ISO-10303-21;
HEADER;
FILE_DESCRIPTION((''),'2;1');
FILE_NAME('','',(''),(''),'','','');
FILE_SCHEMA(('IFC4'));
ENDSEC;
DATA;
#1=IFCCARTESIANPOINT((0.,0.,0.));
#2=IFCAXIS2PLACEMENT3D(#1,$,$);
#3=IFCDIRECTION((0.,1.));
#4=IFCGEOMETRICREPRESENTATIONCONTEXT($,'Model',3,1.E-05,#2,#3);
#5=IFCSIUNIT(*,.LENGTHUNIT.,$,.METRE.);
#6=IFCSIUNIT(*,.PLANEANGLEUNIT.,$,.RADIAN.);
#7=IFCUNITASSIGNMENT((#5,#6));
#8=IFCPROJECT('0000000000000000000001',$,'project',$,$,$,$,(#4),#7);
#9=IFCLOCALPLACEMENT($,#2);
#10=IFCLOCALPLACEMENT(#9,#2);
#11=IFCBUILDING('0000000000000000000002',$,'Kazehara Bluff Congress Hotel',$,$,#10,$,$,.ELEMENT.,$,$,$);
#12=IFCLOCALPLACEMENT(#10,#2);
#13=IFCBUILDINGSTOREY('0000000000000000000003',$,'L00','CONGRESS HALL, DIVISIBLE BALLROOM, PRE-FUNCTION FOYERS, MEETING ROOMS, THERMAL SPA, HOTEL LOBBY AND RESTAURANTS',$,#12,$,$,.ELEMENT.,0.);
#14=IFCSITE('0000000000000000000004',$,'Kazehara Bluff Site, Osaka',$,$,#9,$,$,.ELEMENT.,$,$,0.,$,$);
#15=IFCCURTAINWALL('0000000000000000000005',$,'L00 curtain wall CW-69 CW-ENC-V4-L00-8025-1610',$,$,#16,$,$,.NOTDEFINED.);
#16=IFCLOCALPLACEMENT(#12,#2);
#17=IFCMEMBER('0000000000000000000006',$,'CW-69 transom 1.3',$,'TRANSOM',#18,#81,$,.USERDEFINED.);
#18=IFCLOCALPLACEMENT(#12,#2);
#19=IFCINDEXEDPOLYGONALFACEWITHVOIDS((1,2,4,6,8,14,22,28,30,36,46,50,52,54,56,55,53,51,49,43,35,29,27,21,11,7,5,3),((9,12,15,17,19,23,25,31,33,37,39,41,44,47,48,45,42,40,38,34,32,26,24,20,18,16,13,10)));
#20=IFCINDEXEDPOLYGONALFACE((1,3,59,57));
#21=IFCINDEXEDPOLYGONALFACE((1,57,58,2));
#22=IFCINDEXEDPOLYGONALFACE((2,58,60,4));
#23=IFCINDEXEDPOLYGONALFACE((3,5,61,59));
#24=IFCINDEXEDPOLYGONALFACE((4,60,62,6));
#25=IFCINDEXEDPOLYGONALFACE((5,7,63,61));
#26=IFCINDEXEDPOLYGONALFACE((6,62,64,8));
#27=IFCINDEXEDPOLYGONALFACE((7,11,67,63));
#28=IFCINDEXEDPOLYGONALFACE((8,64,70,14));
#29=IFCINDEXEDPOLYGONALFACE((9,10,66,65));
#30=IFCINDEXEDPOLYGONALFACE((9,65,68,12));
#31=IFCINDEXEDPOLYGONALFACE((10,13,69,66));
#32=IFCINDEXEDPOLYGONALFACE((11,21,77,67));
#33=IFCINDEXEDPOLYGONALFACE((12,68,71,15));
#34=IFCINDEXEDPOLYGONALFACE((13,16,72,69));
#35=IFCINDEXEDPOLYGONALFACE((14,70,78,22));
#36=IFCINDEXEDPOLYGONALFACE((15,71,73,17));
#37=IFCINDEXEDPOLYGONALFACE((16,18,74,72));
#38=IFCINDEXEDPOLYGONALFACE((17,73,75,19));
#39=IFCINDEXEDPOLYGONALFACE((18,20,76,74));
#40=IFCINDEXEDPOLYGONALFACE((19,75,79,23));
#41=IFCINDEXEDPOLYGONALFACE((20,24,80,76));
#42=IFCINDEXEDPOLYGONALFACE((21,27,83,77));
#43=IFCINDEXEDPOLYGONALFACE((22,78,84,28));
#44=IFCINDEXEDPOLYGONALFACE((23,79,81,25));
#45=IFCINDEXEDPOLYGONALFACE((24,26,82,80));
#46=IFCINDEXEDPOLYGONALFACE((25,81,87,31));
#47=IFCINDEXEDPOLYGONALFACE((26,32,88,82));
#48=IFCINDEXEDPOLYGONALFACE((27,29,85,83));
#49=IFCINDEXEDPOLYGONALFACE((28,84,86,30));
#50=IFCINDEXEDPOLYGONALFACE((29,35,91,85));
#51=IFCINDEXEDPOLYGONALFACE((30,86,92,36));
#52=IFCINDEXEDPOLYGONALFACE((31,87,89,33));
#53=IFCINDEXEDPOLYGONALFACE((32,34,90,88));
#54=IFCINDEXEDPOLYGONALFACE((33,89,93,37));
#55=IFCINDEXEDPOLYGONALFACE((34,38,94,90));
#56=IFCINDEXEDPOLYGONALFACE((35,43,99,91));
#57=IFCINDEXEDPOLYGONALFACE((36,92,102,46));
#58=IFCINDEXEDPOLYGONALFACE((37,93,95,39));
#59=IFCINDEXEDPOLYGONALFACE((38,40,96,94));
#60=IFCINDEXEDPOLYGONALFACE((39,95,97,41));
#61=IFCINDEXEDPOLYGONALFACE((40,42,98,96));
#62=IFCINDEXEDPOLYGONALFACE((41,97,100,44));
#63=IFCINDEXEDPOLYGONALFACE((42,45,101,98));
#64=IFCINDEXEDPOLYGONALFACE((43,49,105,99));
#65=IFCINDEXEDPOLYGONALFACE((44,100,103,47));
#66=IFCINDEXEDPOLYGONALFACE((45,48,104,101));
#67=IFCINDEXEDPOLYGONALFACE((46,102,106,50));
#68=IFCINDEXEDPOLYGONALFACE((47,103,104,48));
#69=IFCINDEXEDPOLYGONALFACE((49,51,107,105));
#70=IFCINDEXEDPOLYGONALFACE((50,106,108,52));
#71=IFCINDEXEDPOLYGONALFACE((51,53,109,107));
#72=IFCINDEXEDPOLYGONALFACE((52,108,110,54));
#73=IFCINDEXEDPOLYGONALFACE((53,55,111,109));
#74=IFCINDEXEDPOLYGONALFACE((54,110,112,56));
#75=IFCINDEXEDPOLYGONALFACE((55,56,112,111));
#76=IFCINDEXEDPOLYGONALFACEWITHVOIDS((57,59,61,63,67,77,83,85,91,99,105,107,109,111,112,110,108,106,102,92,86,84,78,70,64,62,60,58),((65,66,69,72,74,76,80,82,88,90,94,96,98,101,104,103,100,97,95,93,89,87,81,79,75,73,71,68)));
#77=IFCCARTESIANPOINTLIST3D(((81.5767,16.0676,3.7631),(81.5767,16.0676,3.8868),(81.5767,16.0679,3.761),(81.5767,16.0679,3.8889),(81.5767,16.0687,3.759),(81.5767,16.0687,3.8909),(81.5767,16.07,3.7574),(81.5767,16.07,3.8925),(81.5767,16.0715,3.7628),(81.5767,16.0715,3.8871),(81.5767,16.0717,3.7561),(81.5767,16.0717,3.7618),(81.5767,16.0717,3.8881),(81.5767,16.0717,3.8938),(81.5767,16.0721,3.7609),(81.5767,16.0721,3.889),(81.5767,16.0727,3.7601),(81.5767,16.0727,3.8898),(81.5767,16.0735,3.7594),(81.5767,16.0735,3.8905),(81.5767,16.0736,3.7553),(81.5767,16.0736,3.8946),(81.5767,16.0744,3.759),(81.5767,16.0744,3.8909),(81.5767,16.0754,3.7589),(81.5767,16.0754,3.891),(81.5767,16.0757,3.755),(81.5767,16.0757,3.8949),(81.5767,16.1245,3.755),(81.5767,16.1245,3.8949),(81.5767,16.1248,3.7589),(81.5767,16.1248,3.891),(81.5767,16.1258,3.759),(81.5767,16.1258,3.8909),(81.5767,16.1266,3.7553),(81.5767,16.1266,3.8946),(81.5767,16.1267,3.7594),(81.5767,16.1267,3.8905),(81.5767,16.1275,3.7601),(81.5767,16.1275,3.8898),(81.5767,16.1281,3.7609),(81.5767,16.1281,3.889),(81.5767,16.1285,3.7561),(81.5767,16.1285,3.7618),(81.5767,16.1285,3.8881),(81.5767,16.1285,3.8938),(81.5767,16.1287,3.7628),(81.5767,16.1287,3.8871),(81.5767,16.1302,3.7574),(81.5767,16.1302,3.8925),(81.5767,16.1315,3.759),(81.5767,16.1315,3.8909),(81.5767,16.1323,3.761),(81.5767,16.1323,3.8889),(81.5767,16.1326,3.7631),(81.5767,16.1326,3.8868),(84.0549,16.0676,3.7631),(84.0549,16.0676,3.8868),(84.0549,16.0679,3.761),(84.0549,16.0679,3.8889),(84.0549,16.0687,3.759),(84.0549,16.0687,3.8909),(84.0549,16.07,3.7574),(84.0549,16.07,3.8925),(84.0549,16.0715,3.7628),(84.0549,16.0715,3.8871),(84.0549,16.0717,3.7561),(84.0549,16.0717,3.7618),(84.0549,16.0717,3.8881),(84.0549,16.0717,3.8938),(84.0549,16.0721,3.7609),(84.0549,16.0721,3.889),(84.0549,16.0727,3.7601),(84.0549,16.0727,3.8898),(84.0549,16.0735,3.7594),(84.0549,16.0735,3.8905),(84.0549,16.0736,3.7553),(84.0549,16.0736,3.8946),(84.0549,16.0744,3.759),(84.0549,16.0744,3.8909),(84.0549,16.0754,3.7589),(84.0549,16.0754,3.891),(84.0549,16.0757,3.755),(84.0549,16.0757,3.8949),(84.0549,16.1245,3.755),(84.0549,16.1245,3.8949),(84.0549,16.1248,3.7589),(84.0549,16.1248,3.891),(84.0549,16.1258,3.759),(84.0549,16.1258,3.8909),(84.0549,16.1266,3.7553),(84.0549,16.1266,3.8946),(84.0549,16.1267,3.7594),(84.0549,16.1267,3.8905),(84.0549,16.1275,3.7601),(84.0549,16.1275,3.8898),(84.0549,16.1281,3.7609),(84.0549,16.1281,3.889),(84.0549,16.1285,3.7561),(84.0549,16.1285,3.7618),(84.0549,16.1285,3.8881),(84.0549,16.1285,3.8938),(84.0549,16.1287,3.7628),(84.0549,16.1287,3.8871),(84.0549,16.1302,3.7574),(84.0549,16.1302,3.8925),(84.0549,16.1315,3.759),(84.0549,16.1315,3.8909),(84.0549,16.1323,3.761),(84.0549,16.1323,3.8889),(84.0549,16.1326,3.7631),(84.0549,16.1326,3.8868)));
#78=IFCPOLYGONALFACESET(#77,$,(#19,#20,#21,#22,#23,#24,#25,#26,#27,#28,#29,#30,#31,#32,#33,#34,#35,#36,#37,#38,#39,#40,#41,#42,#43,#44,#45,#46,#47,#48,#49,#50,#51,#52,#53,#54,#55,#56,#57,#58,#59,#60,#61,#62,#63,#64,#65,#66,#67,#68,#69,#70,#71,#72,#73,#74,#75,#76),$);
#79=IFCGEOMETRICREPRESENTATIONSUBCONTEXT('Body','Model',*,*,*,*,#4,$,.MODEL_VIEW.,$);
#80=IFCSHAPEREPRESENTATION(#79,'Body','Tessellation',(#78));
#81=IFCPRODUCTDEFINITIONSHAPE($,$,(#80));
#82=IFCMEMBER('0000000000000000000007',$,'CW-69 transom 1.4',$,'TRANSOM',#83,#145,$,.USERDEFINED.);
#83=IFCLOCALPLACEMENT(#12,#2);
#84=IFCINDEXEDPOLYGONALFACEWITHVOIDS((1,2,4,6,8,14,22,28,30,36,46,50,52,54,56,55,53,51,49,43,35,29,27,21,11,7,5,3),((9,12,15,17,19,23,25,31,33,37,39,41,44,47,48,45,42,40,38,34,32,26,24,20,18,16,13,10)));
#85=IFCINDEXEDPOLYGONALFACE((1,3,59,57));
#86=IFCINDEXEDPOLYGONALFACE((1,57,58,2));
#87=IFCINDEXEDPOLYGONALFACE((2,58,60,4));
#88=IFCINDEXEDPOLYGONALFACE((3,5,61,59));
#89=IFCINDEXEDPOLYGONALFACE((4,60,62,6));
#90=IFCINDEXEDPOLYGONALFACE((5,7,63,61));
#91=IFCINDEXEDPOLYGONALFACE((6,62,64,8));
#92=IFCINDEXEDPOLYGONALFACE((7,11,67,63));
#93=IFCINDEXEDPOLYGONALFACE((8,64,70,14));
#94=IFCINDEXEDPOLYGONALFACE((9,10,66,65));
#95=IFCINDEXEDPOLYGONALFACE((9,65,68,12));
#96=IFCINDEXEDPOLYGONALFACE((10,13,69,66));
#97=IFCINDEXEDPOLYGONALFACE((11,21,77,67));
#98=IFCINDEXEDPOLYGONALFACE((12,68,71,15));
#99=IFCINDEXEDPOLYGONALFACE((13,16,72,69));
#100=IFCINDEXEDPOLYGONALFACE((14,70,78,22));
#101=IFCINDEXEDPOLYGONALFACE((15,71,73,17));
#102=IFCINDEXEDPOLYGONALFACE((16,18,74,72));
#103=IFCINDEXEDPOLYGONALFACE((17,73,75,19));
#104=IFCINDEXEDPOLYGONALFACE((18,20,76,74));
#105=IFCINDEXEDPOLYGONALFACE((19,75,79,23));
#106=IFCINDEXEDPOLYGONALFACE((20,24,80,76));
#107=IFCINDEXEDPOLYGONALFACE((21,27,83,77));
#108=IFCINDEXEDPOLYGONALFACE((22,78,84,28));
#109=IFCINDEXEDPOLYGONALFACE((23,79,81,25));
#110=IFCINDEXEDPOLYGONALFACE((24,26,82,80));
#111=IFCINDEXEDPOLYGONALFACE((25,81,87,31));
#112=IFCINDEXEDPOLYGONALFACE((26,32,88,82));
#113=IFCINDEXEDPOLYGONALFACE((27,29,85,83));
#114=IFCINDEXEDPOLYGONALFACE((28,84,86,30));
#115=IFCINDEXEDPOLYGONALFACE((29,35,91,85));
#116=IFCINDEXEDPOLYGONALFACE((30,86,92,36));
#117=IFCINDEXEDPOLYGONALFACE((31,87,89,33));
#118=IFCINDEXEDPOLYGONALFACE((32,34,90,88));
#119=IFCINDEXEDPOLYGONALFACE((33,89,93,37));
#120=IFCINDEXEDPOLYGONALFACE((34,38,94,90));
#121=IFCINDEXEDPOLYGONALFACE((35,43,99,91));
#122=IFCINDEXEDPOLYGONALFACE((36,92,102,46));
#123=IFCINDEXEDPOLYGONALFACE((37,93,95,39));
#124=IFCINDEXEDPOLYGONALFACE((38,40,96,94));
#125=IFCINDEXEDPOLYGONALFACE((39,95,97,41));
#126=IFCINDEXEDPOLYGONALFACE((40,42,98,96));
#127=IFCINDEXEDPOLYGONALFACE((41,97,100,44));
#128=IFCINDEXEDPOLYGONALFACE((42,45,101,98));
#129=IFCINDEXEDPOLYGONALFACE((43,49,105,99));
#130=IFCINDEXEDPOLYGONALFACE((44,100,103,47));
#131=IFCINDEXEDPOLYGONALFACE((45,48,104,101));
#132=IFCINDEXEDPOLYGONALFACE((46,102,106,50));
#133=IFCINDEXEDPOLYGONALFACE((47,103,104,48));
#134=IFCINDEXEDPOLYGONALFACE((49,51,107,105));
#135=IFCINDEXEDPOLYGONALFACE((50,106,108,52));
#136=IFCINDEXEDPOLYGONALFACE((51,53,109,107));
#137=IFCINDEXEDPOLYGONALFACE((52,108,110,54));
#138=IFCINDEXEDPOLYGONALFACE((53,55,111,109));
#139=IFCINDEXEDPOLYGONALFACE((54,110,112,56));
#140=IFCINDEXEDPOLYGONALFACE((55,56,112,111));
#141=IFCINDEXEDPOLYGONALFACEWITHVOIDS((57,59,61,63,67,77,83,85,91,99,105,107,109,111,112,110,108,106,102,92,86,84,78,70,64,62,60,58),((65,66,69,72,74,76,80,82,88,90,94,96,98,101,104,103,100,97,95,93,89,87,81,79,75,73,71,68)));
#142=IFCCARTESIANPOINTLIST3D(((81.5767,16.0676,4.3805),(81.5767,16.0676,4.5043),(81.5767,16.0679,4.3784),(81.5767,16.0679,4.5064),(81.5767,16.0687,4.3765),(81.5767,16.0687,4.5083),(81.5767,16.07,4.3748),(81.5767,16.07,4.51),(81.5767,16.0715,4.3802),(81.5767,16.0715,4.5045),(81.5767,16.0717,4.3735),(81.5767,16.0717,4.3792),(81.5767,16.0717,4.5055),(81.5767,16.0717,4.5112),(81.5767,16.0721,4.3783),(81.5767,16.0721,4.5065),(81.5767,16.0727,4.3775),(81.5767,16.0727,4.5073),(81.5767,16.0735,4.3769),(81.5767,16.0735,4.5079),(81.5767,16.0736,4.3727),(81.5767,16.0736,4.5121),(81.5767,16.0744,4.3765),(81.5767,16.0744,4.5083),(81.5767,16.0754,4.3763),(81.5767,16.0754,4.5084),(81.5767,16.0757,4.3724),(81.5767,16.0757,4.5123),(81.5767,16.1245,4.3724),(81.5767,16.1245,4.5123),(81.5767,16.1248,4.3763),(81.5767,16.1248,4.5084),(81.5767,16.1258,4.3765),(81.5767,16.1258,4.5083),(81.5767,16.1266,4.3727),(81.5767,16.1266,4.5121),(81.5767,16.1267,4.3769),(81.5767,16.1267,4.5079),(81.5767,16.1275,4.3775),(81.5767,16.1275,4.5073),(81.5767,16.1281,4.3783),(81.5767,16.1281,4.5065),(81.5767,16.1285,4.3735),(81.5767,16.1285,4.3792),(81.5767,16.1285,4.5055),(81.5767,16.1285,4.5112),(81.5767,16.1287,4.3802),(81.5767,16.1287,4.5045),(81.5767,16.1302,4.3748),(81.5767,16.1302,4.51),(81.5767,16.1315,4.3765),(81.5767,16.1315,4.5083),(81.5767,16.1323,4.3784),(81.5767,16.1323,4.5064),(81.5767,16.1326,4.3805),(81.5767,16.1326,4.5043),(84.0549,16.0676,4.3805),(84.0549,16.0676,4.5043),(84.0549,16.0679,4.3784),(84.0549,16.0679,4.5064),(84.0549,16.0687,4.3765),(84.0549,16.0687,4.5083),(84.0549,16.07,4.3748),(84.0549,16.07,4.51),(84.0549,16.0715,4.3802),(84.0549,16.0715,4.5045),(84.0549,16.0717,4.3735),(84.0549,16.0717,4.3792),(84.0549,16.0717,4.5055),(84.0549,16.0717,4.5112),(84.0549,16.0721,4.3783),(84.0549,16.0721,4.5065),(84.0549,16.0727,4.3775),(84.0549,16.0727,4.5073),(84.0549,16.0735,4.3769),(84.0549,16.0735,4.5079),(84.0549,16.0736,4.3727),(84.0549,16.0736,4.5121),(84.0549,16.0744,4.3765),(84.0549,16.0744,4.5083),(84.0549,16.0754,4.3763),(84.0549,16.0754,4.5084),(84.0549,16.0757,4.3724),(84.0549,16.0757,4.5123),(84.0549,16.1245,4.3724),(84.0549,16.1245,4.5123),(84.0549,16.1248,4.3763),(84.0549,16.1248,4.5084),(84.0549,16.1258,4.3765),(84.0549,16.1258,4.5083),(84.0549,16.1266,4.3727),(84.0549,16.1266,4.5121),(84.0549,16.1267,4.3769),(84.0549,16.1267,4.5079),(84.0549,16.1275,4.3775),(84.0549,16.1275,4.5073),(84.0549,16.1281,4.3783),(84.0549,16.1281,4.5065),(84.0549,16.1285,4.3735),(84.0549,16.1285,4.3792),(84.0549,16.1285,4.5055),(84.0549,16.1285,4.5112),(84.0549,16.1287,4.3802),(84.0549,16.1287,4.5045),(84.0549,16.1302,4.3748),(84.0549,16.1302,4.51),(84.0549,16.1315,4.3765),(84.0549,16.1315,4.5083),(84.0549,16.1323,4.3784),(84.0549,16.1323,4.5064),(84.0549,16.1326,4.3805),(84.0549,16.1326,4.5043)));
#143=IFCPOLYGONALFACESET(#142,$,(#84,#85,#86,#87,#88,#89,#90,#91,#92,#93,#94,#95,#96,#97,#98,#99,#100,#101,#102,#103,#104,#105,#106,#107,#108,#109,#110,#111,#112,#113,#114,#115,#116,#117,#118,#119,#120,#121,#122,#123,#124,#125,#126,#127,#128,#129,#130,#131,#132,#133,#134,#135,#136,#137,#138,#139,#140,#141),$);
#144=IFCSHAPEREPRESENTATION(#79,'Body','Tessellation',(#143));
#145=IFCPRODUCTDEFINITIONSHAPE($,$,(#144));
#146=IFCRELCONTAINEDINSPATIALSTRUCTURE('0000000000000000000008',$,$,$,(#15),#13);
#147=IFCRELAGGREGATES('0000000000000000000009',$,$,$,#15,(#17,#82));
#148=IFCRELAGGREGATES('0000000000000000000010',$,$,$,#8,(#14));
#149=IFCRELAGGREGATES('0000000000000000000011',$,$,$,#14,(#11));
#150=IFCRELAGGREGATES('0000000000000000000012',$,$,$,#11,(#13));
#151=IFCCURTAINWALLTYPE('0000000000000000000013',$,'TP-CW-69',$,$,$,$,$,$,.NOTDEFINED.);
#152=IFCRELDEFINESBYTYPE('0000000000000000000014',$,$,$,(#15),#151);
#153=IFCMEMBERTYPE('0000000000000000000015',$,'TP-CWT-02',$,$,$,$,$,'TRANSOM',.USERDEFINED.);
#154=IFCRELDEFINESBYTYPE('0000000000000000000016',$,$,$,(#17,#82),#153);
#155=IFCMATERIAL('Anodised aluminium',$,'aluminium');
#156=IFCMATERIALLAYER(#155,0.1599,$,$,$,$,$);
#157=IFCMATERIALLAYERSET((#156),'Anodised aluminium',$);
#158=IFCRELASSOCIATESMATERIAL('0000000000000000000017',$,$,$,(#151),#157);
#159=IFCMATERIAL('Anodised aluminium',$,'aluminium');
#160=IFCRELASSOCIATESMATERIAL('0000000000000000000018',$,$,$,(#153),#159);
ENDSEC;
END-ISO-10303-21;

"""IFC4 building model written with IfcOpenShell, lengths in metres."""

from ifc_helpers import new_model, si_unit, direction, frame, origin, origin_2d, place, context, subcontext, project, spatial, hollow_rectangle, extrude, material, layer, layer_set, material_profile, profile_set, type_object, element, aggregate, save


model = new_model("IFC4")

# Units and contexts
model_context = context("Model", 3, precision=1e-05, world=origin(), true_north=direction((0.0, 1.0)))
body_context = subcontext(model_context, "Body", "Model", "MODEL_VIEW")
ifc_project = project(units=[si_unit("LENGTHUNIT", "METRE"), si_unit("PLANEANGLEUNIT", "RADIAN")], contexts=[model_context])

# Site, building, storey
site_placement = place(None, origin())
site = spatial("IfcSite", under=ifc_project, at=site_placement, Name="Kazehara Bluff Site, Osaka", CompositionType="ELEMENT", RefElevation=0.0)
building_placement = place(site_placement, origin())
building = spatial("IfcBuilding", under=site, at=building_placement, Name="Kazehara Bluff Congress Hotel", CompositionType="ELEMENT")
storey_placement = place(building_placement, origin())
storey = spatial("IfcBuildingStorey", under=building, at=storey_placement, Name="L00", Description="CONGRESS HALL, DIVISIBLE BALLROOM, PRE-FUNCTION FOYERS, MEETING ROOMS, THERMAL SPA, HOTEL LOBBY AND RESTAURANTS", CompositionType="ELEMENT", Elevation=0.0)

# Curtain wall
ifc_material_1 = material(Name="Anodised aluminium", Category="aluminium")
ifc_layer_1 = layer(ifc_material_1, 0.1599)
ifc_layer_set_1 = layer_set([ifc_layer_1], Name="Anodised aluminium")
curtain_wall_type = type_object("IfcCurtainWallType", Name="TP-CW-69", PredefinedType="NOTDEFINED", material=ifc_layer_set_1)
curtain_wall_1_placement = place(storey_placement, origin())
curtain_wall_1 = element("IfcCurtainWall", 1, at=curtain_wall_1_placement, inside=storey, type_object=curtain_wall_type, Name="L00 curtain wall CW-69 CW-ENC-V4-L00-8025-1610", PredefinedType="NOTDEFINED")

# Members
ifc_material_2 = material(Name="Anodised aluminium", Category="aluminium")
ifc_material_profile_1 = material_profile(ifc_material_2, hollow_rectangle(XDim=0.0649, YDim=0.1399, WallThickness=0.0039, InnerFilletRadius=0.0039, OuterFilletRadius=0.0081, at=origin_2d()))
ifc_profile_set_1 = profile_set([ifc_material_profile_1], Name="Anodised aluminium")
member_type_1 = type_object("IfcMemberType", Name="TP-CWT-02", ElementType="TRANSOM", PredefinedType="USERDEFINED", material=ifc_profile_set_1)
member_1_placement = place(storey_placement, frame((84.0549, 16.1001, 3.825), z_axis=(-1.0, 0.0, 0.0), x_axis=(0.0, -1.0, 0.0)))
member_1 = element("IfcMember", 2, at=member_1_placement, type_object=member_type_1, Name="CW-69 transom 1.3", ObjectType="TRANSOM", PredefinedType="USERDEFINED", context=body_context, shape_type="SweptSolid", body=[
    extrude(hollow_rectangle(XDim=0.0649, YDim=0.1399, WallThickness=0.0039, InnerFilletRadius=0.0039, OuterFilletRadius=0.0081, at=origin_2d()), origin(), (0.0, 0.0, 1.0), 2.4783),
])
member_2_placement = place(storey_placement, frame((84.0549, 16.1001, 4.4424), z_axis=(-1.0, 0.0, 0.0), x_axis=(0.0, -1.0, 0.0)))
member_2 = element("IfcMember", 3, at=member_2_placement, type_object=member_type_1, Name="CW-69 transom 1.4", ObjectType="TRANSOM", PredefinedType="USERDEFINED", context=body_context, shape_type="SweptSolid", body=[
    extrude(hollow_rectangle(XDim=0.0649, YDim=0.1399, WallThickness=0.0039, InnerFilletRadius=0.0039, OuterFilletRadius=0.0081, at=origin_2d()), origin(), (0.0, 0.0, 1.0), 2.4783),
])
aggregate(curtain_wall_1, [member_1, member_2])

save(model, "model.ifc")
